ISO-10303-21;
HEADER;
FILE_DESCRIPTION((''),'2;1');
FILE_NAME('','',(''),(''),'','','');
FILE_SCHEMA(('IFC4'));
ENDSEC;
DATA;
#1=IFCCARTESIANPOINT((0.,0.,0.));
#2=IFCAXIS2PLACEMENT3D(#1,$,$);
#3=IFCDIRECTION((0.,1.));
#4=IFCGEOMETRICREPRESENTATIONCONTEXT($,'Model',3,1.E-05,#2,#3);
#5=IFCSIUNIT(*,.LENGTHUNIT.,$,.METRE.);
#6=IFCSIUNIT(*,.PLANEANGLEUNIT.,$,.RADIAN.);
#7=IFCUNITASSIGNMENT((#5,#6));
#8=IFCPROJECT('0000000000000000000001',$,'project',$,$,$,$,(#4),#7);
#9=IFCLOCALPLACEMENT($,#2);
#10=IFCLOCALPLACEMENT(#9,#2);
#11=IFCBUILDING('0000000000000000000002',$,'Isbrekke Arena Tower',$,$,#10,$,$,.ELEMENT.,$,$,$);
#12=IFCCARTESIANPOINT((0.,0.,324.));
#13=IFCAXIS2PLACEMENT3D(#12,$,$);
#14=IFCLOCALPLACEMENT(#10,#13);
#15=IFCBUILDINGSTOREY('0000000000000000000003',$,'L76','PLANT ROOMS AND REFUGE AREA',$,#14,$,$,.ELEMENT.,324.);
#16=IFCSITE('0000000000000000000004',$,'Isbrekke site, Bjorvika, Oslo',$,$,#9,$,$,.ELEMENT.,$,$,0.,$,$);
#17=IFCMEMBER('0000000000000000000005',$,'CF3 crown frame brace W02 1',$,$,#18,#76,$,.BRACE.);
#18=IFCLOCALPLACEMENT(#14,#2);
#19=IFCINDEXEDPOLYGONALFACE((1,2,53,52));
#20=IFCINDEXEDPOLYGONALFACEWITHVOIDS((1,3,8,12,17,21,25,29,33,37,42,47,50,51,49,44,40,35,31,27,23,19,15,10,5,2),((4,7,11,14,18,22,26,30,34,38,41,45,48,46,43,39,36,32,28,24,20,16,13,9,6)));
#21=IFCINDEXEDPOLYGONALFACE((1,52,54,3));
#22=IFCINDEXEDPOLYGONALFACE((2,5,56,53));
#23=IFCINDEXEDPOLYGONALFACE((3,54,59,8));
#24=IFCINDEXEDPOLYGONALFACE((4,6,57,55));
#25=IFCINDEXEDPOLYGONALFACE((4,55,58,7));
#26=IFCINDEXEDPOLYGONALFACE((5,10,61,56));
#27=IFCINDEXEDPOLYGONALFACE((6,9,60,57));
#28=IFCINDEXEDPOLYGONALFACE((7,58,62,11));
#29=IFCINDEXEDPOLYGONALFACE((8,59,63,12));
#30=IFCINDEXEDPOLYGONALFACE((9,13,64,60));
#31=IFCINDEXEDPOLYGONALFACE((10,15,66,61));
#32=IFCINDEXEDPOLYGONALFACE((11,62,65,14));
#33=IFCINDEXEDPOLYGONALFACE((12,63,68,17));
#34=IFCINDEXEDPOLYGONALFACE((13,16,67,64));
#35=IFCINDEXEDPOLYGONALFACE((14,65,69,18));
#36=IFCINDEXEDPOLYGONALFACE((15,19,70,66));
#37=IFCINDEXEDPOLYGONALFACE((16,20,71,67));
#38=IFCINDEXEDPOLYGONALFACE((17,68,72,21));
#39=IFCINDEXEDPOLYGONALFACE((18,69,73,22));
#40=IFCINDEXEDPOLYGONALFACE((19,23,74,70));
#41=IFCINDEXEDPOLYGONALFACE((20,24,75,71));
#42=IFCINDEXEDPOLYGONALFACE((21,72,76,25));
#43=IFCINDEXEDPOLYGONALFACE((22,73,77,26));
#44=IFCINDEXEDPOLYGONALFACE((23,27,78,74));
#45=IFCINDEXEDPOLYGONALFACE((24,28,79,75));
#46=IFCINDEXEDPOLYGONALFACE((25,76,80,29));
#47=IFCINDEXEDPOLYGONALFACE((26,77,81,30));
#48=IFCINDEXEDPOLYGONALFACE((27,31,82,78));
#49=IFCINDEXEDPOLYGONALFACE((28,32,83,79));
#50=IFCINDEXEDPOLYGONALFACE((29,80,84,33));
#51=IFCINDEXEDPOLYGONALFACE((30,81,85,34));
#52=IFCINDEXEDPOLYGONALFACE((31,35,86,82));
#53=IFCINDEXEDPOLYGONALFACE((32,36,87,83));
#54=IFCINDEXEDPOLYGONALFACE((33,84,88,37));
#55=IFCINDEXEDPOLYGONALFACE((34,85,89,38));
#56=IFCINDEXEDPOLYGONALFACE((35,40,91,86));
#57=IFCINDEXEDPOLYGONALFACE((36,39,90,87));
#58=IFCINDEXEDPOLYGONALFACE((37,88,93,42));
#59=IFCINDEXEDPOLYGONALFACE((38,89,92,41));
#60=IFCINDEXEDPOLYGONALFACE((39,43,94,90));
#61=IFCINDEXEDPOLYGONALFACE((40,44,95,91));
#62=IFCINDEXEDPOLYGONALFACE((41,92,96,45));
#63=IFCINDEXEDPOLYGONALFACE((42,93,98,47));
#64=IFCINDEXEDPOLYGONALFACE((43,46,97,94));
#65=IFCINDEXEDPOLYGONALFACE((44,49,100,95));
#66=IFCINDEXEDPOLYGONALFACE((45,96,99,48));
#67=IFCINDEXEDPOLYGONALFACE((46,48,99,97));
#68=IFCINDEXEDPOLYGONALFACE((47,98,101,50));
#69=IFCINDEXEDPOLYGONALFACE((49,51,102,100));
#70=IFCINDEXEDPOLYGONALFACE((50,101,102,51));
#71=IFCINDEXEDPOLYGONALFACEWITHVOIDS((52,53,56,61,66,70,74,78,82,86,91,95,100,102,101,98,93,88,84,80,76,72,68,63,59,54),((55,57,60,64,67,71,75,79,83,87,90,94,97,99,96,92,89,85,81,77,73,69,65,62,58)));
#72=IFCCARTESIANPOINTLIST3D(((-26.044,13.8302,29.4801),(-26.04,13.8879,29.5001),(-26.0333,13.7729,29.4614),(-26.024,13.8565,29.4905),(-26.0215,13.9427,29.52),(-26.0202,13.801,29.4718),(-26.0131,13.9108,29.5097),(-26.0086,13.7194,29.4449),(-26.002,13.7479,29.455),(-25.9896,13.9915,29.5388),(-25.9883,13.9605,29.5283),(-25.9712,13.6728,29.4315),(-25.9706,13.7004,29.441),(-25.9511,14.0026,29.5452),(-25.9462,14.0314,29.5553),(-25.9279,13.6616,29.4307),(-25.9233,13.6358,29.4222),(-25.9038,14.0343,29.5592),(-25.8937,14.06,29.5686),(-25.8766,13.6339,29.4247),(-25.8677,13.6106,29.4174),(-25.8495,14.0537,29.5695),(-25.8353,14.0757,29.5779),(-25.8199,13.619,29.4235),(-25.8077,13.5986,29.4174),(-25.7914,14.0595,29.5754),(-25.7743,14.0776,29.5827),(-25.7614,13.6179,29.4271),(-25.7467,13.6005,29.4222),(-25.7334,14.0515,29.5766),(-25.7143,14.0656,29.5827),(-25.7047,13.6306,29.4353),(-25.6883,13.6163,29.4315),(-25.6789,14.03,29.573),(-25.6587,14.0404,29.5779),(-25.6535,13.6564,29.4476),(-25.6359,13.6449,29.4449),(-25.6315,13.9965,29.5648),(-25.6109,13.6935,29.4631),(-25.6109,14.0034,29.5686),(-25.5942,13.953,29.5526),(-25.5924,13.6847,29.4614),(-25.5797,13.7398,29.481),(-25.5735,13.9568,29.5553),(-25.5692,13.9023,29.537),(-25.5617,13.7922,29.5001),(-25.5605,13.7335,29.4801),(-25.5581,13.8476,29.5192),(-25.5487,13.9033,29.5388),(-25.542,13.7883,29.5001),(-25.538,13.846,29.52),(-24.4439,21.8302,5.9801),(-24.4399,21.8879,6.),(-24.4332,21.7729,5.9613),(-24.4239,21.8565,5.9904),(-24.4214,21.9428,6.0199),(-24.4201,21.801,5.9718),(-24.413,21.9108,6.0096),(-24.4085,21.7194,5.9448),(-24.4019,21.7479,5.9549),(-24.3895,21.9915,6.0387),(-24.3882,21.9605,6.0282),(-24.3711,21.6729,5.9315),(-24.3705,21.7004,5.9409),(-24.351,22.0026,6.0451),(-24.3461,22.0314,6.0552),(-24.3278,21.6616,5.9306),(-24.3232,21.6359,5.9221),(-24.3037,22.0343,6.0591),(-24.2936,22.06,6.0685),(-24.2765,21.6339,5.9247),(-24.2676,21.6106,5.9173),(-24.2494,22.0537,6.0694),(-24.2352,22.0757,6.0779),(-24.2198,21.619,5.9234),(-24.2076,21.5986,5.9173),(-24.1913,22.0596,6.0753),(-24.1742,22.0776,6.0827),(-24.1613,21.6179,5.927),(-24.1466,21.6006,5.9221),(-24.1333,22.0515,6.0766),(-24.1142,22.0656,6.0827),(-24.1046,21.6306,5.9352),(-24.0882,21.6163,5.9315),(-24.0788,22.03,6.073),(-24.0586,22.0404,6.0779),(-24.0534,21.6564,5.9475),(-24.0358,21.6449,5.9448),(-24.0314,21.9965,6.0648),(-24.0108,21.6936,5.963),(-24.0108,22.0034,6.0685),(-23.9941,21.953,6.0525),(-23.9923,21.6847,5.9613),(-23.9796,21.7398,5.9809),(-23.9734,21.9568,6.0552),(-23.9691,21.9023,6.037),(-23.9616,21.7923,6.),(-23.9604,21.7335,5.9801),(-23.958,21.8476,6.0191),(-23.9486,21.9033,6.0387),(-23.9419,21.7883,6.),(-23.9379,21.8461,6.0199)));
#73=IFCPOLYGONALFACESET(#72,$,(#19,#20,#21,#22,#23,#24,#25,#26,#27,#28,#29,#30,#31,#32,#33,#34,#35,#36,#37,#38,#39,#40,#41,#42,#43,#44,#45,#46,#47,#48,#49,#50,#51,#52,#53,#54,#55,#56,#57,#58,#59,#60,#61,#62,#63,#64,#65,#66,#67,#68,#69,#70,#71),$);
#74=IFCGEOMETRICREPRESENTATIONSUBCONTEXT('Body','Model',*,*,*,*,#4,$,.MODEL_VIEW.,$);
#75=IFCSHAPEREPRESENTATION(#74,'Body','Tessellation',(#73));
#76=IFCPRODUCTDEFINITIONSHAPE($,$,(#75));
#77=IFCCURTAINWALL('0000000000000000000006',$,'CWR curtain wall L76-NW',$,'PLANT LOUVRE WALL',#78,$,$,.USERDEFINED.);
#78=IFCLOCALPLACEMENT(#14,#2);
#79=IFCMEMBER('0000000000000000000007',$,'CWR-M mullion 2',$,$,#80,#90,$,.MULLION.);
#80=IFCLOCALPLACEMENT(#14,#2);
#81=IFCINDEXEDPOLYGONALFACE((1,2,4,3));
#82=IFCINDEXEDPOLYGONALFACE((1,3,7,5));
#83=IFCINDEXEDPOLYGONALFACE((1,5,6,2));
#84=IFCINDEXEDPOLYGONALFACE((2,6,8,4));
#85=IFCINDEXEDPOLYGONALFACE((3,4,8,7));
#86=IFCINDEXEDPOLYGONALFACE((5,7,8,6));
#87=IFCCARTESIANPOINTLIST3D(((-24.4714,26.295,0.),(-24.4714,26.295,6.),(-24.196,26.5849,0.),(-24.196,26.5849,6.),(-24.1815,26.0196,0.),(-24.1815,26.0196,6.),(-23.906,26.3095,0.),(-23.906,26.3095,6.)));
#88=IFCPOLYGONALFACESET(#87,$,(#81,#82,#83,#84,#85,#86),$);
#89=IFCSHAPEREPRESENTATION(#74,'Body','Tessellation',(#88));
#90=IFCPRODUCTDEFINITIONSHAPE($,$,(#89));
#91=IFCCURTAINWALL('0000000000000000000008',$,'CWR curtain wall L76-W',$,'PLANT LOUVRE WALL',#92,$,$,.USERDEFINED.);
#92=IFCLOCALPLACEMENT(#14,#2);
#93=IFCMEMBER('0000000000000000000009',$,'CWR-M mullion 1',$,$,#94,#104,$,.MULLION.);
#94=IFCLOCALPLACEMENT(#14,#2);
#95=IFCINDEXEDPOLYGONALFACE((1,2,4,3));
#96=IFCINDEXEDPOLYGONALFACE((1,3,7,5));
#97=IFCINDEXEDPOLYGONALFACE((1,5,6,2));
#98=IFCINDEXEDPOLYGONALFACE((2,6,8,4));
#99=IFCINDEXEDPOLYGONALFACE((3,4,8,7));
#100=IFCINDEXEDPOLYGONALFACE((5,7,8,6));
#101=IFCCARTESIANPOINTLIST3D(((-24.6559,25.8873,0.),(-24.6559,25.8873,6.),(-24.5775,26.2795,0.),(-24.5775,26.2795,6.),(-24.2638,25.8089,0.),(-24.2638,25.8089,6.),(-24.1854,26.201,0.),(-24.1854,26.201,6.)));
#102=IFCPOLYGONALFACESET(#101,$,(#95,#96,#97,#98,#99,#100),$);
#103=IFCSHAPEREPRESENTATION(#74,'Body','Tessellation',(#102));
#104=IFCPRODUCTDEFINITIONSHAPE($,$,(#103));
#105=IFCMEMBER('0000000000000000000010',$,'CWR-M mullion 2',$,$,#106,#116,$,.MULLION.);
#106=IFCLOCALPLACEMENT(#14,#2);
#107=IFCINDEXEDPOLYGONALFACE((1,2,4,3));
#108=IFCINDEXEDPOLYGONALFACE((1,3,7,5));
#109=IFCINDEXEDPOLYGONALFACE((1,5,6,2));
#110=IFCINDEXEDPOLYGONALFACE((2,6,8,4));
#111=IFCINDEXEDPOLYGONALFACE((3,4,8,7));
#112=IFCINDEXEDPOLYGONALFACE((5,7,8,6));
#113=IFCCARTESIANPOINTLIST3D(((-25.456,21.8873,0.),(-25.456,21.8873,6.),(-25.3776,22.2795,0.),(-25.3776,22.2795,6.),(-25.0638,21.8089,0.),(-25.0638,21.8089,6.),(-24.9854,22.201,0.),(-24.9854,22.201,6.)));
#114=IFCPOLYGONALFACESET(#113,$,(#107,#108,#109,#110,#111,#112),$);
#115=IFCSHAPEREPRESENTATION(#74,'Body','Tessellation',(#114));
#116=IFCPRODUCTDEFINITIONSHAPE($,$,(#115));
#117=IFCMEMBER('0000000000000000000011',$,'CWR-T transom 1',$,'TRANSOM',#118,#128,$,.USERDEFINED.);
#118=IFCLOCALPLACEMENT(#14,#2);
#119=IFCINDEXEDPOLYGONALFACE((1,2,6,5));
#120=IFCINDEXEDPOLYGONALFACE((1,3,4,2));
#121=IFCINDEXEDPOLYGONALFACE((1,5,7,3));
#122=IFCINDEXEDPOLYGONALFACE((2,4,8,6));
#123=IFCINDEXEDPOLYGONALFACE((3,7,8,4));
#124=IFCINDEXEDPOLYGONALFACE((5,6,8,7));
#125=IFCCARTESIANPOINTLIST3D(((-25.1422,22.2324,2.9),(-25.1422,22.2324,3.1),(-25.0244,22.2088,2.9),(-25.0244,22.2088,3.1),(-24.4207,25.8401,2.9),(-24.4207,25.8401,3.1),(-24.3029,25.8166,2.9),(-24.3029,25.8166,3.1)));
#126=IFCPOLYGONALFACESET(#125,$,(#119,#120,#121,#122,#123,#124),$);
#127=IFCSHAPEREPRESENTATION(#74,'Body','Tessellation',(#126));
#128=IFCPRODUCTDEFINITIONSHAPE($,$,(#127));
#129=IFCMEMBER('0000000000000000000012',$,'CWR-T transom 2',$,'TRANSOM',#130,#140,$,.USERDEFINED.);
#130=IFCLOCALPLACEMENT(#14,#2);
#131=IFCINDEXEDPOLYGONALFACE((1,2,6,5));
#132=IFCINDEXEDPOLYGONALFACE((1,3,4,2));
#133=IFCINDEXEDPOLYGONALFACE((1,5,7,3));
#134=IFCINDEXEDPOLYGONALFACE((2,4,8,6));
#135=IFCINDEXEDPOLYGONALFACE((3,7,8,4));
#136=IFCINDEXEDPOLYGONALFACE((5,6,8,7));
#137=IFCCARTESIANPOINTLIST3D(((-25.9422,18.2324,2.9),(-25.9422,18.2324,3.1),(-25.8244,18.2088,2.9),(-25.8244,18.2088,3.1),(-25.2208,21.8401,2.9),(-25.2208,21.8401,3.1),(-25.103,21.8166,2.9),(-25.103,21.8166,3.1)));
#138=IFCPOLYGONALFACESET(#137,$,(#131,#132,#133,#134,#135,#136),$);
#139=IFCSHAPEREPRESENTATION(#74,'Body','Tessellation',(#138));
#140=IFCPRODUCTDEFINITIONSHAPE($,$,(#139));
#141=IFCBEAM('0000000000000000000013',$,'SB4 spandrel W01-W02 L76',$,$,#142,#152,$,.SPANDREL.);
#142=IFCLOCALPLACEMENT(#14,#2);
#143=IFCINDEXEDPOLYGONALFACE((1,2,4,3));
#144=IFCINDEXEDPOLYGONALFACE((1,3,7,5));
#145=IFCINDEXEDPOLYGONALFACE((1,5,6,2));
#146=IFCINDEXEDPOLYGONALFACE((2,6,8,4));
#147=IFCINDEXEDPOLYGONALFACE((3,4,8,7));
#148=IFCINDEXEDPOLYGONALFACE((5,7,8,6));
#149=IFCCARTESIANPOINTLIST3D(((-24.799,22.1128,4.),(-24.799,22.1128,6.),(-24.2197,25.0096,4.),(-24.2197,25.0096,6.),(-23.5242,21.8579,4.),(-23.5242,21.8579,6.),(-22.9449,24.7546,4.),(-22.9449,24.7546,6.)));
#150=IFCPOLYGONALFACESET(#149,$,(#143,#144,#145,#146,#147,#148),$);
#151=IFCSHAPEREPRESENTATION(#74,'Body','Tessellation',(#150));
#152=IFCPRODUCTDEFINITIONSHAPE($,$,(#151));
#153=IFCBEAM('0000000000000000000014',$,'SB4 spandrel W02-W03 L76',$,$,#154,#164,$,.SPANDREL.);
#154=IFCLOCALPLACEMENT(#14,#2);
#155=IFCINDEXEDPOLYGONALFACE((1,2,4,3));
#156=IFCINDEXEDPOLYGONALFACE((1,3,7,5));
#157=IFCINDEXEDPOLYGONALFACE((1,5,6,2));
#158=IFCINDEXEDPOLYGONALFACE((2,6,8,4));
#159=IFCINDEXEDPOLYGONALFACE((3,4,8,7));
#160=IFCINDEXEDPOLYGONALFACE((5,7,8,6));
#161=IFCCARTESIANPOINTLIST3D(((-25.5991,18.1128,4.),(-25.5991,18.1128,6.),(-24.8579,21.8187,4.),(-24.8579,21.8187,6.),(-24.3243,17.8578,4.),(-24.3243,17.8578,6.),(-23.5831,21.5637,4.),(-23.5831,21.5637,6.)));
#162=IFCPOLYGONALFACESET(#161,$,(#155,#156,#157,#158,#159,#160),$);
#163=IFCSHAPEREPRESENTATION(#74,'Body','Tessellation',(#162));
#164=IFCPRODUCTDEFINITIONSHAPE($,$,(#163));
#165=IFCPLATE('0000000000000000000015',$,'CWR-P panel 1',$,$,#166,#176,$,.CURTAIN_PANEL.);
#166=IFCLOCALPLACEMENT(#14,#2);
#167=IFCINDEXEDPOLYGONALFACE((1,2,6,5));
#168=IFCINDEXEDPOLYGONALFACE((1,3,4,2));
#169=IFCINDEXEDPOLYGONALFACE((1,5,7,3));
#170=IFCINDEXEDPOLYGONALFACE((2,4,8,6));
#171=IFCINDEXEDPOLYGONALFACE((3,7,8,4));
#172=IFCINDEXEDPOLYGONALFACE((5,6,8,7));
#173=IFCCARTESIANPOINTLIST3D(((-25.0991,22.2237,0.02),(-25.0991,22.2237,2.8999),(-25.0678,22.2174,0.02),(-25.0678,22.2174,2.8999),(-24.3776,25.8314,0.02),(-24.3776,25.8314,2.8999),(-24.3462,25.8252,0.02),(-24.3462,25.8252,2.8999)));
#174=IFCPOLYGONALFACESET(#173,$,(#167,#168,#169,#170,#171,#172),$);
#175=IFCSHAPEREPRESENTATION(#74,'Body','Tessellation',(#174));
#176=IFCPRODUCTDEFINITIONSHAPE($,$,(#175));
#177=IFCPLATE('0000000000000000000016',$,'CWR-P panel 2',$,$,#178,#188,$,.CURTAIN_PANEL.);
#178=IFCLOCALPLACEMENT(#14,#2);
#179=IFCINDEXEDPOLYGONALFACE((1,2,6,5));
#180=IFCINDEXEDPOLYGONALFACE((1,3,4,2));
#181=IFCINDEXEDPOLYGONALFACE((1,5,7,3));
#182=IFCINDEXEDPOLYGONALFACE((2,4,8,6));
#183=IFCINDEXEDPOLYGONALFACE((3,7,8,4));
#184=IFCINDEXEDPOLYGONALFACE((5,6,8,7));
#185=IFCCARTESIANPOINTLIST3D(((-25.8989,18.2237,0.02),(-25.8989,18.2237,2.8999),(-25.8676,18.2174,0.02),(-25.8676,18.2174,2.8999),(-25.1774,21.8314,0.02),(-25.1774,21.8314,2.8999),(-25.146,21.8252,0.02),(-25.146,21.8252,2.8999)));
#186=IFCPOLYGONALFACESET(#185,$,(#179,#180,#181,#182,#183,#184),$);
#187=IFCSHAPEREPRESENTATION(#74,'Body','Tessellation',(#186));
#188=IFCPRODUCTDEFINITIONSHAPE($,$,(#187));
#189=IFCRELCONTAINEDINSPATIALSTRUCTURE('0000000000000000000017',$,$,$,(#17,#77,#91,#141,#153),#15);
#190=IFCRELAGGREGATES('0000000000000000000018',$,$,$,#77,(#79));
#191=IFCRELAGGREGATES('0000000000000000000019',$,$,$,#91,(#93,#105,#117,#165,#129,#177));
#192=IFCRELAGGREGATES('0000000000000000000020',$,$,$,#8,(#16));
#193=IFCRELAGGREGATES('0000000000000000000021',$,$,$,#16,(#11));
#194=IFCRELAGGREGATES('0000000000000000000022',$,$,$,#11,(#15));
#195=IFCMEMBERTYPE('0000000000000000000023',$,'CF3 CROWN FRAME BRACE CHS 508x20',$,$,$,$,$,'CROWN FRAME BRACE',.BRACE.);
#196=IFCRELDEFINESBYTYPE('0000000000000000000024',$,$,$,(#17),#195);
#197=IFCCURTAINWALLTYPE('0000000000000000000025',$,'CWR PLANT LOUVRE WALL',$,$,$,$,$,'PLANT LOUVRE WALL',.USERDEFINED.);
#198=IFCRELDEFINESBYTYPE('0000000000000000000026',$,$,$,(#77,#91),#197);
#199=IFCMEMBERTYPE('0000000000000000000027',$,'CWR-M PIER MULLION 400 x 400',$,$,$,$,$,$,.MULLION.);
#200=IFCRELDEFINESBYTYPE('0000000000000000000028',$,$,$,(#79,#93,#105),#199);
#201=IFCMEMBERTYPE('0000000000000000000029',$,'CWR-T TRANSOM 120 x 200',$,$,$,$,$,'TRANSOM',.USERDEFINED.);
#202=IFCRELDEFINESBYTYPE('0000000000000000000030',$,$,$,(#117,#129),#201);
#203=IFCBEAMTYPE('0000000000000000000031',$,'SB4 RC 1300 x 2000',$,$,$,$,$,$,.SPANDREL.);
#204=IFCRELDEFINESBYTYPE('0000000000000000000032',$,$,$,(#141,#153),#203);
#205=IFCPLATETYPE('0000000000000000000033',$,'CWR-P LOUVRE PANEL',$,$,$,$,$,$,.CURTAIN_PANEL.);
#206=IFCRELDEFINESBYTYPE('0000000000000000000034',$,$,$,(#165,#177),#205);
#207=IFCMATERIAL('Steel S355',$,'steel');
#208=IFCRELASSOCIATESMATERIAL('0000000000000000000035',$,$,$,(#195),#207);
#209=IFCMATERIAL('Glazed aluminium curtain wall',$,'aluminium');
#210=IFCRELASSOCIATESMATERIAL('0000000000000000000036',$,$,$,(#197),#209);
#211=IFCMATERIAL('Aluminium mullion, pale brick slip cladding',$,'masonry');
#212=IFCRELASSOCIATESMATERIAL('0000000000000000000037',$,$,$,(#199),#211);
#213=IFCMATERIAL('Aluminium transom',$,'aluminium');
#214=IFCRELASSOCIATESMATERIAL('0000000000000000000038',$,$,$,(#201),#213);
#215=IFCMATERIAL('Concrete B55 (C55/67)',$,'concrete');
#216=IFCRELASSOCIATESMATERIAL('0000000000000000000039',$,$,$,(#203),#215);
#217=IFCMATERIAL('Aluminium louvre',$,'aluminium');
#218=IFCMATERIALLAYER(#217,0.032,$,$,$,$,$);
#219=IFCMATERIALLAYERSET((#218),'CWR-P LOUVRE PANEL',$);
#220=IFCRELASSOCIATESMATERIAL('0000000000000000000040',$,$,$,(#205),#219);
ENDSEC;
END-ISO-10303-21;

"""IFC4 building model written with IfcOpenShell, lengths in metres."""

from ifc_helpers import new_model, si_unit, direction, frame, origin, origin_2d, place, context, subcontext, project, spatial, rectangle, hollow_circle, extrude, material, layer, layer_set, material_profile, profile_set, type_object, element, aggregate, save


model = new_model("IFC4")

# Units and contexts
model_context = context("Model", 3, precision=1e-05, world=origin(), true_north=direction((0.0, 1.0)))
body_context = subcontext(model_context, "Body", "Model", "MODEL_VIEW")
ifc_project = project(units=[si_unit("LENGTHUNIT", "METRE"), si_unit("PLANEANGLEUNIT", "RADIAN")], contexts=[model_context])

# Site, building, storey
site_placement = place(None, origin())
site = spatial("IfcSite", under=ifc_project, at=site_placement, Name="Isbrekke site, Bjorvika, Oslo", CompositionType="ELEMENT", RefElevation=0.0)
building_placement = place(site_placement, origin())
building = spatial("IfcBuilding", under=site, at=building_placement, Name="Isbrekke Arena Tower", CompositionType="ELEMENT")
storey_placement = place(building_placement, frame((0.0, 0.0, 324.0)))
storey = spatial("IfcBuildingStorey", under=building, at=storey_placement, Name="L76", Description="PLANT ROOMS AND REFUGE AREA", CompositionType="ELEMENT", Elevation=324.0)

# Member
ifc_material_1 = material(Name="Steel S355", Category="steel")
ifc_material_profile_1 = material_profile(ifc_material_1, hollow_circle(Radius=0.2539, WallThickness=0.02, at=origin_2d()), Name="CHS 508x20")
ifc_profile_set_1 = profile_set([ifc_material_profile_1], Name="Steel S355")
member_type_1 = type_object("IfcMemberType", Name="CF3 CROWN FRAME BRACE CHS 508x20", ElementType="CROWN FRAME BRACE", PredefinedType="BRACE", material=ifc_profile_set_1)
member_1_placement = place(storey_placement, frame((-24.1909, 21.8381, 6.0), z_axis=(-0.064323, -0.321596, 0.94469), x_axis=(0.980578, -0.196128, 0.0)))
element("IfcMember", 1, at=member_1_placement, inside=storey, type_object=member_type_1, Name="CF3 crown frame brace W02 1", PredefinedType="BRACE", context=body_context, shape_type="SweptSolid", body=[
    extrude(hollow_circle(Radius=0.2539, WallThickness=0.02, at=origin_2d()), origin(), (0.0, 0.0, 1.0), 24.876),
])

# Curtain wall, member
ifc_material_2 = material(Name="Glazed aluminium curtain wall", Category="aluminium")
curtain_wall_type = type_object("IfcCurtainWallType", Name="CWR PLANT LOUVRE WALL", ElementType="PLANT LOUVRE WALL", PredefinedType="USERDEFINED", material=ifc_material_2)
curtain_wall_1_placement = place(storey_placement, origin())
curtain_wall_1 = element("IfcCurtainWall", 2, at=curtain_wall_1_placement, inside=storey, type_object=curtain_wall_type, Name="CWR curtain wall L76-NW", ObjectType="PLANT LOUVRE WALL", PredefinedType="USERDEFINED")
ifc_material_3 = material(Name="Aluminium mullion, pale brick slip cladding", Category="masonry")
ifc_material_profile_2 = material_profile(ifc_material_3, rectangle(XDim=0.3999, YDim=0.3999, at=origin_2d()), Name="PIER 400X400")
ifc_profile_set_2 = profile_set([ifc_material_profile_2], Name="Aluminium mullion, pale brick slip cladding")
member_type_2 = type_object("IfcMemberType", Name="CWR-M PIER MULLION 400 x 400", PredefinedType="MULLION", material=ifc_profile_set_2)
member_2_placement = place(storey_placement, frame((-24.1887, 26.3022, 0.0), z_axis=(0.0, 0.0, 1.0), x_axis=(-0.688749, -0.724999, 0.0)))
member_2 = element("IfcMember", 3, at=member_2_placement, type_object=member_type_2, Name="CWR-M mullion 2", PredefinedType="MULLION", context=body_context, shape_type="SweptSolid", body=[
    extrude(rectangle(XDim=0.3999, YDim=0.3999, at=origin_2d()), origin(), (0.0, 0.0, 1.0), 6.0),
])
aggregate(curtain_wall_1, [member_2])

# Curtain wall, members
curtain_wall_2_placement = place(storey_placement, origin())
curtain_wall_2 = element("IfcCurtainWall", 4, at=curtain_wall_2_placement, inside=storey, type_object=curtain_wall_type, Name="CWR curtain wall L76-W", ObjectType="PLANT LOUVRE WALL", PredefinedType="USERDEFINED")
member_3_placement = place(storey_placement, frame((-24.4207, 26.0442, 0.0), z_axis=(0.0, 0.0, 1.0), x_axis=(-0.196116, -0.980581, 0.0)))
member_3 = element("IfcMember", 5, at=member_3_placement, type_object=member_type_2, Name="CWR-M mullion 1", PredefinedType="MULLION", context=body_context, shape_type="SweptSolid", body=[
    extrude(rectangle(XDim=0.3999, YDim=0.3999, at=origin_2d()), origin(), (0.0, 0.0, 1.0), 6.0),
])
member_4_placement = place(storey_placement, frame((-25.2207, 22.0442, 0.0), z_axis=(0.0, 0.0, 1.0), x_axis=(-0.196116, -0.980581, 0.0)))
member_4 = element("IfcMember", 6, at=member_4_placement, type_object=member_type_2, Name="CWR-M mullion 2", PredefinedType="MULLION", context=body_context, shape_type="SweptSolid", body=[
    extrude(rectangle(XDim=0.3999, YDim=0.3999, at=origin_2d()), origin(), (0.0, 0.0, 1.0), 6.0),
])
ifc_material_4 = material(Name="Aluminium transom", Category="aluminium")
ifc_material_profile_3 = material_profile(ifc_material_4, rectangle(XDim=0.1201, YDim=0.2, at=origin_2d()), Name="TRANSOM 120X200")
ifc_profile_set_3 = profile_set([ifc_material_profile_3], Name="Aluminium transom")
member_type_3 = type_object("IfcMemberType", Name="CWR-T TRANSOM 120 x 200", ElementType="TRANSOM", PredefinedType="USERDEFINED", material=ifc_profile_set_3)
member_5_placement = place(storey_placement, frame((-24.3618, 25.8284, 3.0), z_axis=(-0.196091, -0.980586, 0.0), x_axis=(0.980586, -0.196091, 0.0)))
member_5 = element("IfcMember", 7, at=member_5_placement, type_object=member_type_3, Name="CWR-T transom 1", ObjectType="TRANSOM", PredefinedType="USERDEFINED", context=body_context, shape_type="SweptSolid", body=[
    extrude(rectangle(XDim=0.1201, YDim=0.2, at=origin_2d()), origin(), (0.0, 0.0, 1.0), 3.6792),
])
member_6_placement = place(storey_placement, frame((-25.1619, 21.8284, 3.0), z_axis=(-0.196091, -0.980586, 0.0), x_axis=(0.980586, -0.196091, 0.0)))
member_6 = element("IfcMember", 8, at=member_6_placement, type_object=member_type_3, Name="CWR-T transom 2", ObjectType="TRANSOM", PredefinedType="USERDEFINED", context=body_context, shape_type="SweptSolid", body=[
    extrude(rectangle(XDim=0.1201, YDim=0.2, at=origin_2d()), origin(), (0.0, 0.0, 1.0), 3.6792),
])

# Beams
ifc_material_5 = material(Name="Concrete B55 (C55/67)", Category="concrete")
ifc_material_profile_4 = material_profile(ifc_material_5, rectangle(XDim=1.3, YDim=2.0, at=origin_2d()), Name="RC 1300x2000")
ifc_profile_set_4 = profile_set([ifc_material_profile_4], Name="Concrete B55 (C55/67)")
beam_type_1 = type_object("IfcBeamType", Name="SB4 RC 1300 x 2000", PredefinedType="SPANDREL", material=ifc_profile_set_4)
beam_1_placement = place(storey_placement, frame((-23.5823, 24.8821, 5.0), z_axis=(-0.196116, -0.980581, 0.0), x_axis=(0.980581, -0.196116, 0.0)))
element("IfcBeam", 9, at=beam_1_placement, inside=storey, type_object=beam_type_1, Name="SB4 spandrel W01-W02 L76", PredefinedType="SPANDREL", context=body_context, shape_type="SweptSolid", body=[
    extrude(rectangle(XDim=1.3, YDim=2.0, at=origin_2d()), origin(), (0.0, 0.0, 1.0), 2.9541),
])
beam_2_placement = place(storey_placement, frame((-24.2205, 21.6912, 5.0), z_axis=(-0.196129, -0.980578, 0.0), x_axis=(0.980578, -0.196129, 0.0)))
element("IfcBeam", 10, at=beam_2_placement, inside=storey, type_object=beam_type_1, Name="SB4 spandrel W02-W03 L76", PredefinedType="SPANDREL", context=body_context, shape_type="SweptSolid", body=[
    extrude(rectangle(XDim=1.3, YDim=2.0, at=origin_2d()), origin(), (0.0, 0.0, 1.0), 3.7793),
])

# Plates
ifc_material_6 = material(Name="Aluminium louvre", Category="aluminium")
ifc_layer = layer(ifc_material_6, 0.032)
ifc_layer_set = layer_set([ifc_layer], Name="CWR-P LOUVRE PANEL")
plate_type = type_object("IfcPlateType", Name="CWR-P LOUVRE PANEL", PredefinedType="CURTAIN_PANEL", material=ifc_layer_set)
plate_1_placement = place(storey_placement, frame((-24.7227, 24.0244, 0.02), z_axis=(0.0, 0.0, 1.0), x_axis=(-0.196116, -0.980581, 0.0)))
plate_1 = element("IfcPlate", 11, at=plate_1_placement, type_object=plate_type, Name="CWR-P panel 1", PredefinedType="CURTAIN_PANEL", context=body_context, shape_type="SweptSolid", body=[
    extrude(rectangle(XDim=3.6792, YDim=0.032, at=origin_2d()), origin(), (0.0, 0.0, 1.0), 2.8799),
])
plate_2_placement = place(storey_placement, frame((-25.5225, 20.0244, 0.02), z_axis=(0.0, 0.0, 1.0), x_axis=(-0.196116, -0.980581, 0.0)))
plate_2 = element("IfcPlate", 12, at=plate_2_placement, type_object=plate_type, Name="CWR-P panel 2", PredefinedType="CURTAIN_PANEL", context=body_context, shape_type="SweptSolid", body=[
    extrude(rectangle(XDim=3.6792, YDim=0.032, at=origin_2d()), origin(), (0.0, 0.0, 1.0), 2.8799),
])
aggregate(curtain_wall_2, [member_3, member_4, member_5, plate_1, member_6, plate_2])

save(model, "model.ifc")
